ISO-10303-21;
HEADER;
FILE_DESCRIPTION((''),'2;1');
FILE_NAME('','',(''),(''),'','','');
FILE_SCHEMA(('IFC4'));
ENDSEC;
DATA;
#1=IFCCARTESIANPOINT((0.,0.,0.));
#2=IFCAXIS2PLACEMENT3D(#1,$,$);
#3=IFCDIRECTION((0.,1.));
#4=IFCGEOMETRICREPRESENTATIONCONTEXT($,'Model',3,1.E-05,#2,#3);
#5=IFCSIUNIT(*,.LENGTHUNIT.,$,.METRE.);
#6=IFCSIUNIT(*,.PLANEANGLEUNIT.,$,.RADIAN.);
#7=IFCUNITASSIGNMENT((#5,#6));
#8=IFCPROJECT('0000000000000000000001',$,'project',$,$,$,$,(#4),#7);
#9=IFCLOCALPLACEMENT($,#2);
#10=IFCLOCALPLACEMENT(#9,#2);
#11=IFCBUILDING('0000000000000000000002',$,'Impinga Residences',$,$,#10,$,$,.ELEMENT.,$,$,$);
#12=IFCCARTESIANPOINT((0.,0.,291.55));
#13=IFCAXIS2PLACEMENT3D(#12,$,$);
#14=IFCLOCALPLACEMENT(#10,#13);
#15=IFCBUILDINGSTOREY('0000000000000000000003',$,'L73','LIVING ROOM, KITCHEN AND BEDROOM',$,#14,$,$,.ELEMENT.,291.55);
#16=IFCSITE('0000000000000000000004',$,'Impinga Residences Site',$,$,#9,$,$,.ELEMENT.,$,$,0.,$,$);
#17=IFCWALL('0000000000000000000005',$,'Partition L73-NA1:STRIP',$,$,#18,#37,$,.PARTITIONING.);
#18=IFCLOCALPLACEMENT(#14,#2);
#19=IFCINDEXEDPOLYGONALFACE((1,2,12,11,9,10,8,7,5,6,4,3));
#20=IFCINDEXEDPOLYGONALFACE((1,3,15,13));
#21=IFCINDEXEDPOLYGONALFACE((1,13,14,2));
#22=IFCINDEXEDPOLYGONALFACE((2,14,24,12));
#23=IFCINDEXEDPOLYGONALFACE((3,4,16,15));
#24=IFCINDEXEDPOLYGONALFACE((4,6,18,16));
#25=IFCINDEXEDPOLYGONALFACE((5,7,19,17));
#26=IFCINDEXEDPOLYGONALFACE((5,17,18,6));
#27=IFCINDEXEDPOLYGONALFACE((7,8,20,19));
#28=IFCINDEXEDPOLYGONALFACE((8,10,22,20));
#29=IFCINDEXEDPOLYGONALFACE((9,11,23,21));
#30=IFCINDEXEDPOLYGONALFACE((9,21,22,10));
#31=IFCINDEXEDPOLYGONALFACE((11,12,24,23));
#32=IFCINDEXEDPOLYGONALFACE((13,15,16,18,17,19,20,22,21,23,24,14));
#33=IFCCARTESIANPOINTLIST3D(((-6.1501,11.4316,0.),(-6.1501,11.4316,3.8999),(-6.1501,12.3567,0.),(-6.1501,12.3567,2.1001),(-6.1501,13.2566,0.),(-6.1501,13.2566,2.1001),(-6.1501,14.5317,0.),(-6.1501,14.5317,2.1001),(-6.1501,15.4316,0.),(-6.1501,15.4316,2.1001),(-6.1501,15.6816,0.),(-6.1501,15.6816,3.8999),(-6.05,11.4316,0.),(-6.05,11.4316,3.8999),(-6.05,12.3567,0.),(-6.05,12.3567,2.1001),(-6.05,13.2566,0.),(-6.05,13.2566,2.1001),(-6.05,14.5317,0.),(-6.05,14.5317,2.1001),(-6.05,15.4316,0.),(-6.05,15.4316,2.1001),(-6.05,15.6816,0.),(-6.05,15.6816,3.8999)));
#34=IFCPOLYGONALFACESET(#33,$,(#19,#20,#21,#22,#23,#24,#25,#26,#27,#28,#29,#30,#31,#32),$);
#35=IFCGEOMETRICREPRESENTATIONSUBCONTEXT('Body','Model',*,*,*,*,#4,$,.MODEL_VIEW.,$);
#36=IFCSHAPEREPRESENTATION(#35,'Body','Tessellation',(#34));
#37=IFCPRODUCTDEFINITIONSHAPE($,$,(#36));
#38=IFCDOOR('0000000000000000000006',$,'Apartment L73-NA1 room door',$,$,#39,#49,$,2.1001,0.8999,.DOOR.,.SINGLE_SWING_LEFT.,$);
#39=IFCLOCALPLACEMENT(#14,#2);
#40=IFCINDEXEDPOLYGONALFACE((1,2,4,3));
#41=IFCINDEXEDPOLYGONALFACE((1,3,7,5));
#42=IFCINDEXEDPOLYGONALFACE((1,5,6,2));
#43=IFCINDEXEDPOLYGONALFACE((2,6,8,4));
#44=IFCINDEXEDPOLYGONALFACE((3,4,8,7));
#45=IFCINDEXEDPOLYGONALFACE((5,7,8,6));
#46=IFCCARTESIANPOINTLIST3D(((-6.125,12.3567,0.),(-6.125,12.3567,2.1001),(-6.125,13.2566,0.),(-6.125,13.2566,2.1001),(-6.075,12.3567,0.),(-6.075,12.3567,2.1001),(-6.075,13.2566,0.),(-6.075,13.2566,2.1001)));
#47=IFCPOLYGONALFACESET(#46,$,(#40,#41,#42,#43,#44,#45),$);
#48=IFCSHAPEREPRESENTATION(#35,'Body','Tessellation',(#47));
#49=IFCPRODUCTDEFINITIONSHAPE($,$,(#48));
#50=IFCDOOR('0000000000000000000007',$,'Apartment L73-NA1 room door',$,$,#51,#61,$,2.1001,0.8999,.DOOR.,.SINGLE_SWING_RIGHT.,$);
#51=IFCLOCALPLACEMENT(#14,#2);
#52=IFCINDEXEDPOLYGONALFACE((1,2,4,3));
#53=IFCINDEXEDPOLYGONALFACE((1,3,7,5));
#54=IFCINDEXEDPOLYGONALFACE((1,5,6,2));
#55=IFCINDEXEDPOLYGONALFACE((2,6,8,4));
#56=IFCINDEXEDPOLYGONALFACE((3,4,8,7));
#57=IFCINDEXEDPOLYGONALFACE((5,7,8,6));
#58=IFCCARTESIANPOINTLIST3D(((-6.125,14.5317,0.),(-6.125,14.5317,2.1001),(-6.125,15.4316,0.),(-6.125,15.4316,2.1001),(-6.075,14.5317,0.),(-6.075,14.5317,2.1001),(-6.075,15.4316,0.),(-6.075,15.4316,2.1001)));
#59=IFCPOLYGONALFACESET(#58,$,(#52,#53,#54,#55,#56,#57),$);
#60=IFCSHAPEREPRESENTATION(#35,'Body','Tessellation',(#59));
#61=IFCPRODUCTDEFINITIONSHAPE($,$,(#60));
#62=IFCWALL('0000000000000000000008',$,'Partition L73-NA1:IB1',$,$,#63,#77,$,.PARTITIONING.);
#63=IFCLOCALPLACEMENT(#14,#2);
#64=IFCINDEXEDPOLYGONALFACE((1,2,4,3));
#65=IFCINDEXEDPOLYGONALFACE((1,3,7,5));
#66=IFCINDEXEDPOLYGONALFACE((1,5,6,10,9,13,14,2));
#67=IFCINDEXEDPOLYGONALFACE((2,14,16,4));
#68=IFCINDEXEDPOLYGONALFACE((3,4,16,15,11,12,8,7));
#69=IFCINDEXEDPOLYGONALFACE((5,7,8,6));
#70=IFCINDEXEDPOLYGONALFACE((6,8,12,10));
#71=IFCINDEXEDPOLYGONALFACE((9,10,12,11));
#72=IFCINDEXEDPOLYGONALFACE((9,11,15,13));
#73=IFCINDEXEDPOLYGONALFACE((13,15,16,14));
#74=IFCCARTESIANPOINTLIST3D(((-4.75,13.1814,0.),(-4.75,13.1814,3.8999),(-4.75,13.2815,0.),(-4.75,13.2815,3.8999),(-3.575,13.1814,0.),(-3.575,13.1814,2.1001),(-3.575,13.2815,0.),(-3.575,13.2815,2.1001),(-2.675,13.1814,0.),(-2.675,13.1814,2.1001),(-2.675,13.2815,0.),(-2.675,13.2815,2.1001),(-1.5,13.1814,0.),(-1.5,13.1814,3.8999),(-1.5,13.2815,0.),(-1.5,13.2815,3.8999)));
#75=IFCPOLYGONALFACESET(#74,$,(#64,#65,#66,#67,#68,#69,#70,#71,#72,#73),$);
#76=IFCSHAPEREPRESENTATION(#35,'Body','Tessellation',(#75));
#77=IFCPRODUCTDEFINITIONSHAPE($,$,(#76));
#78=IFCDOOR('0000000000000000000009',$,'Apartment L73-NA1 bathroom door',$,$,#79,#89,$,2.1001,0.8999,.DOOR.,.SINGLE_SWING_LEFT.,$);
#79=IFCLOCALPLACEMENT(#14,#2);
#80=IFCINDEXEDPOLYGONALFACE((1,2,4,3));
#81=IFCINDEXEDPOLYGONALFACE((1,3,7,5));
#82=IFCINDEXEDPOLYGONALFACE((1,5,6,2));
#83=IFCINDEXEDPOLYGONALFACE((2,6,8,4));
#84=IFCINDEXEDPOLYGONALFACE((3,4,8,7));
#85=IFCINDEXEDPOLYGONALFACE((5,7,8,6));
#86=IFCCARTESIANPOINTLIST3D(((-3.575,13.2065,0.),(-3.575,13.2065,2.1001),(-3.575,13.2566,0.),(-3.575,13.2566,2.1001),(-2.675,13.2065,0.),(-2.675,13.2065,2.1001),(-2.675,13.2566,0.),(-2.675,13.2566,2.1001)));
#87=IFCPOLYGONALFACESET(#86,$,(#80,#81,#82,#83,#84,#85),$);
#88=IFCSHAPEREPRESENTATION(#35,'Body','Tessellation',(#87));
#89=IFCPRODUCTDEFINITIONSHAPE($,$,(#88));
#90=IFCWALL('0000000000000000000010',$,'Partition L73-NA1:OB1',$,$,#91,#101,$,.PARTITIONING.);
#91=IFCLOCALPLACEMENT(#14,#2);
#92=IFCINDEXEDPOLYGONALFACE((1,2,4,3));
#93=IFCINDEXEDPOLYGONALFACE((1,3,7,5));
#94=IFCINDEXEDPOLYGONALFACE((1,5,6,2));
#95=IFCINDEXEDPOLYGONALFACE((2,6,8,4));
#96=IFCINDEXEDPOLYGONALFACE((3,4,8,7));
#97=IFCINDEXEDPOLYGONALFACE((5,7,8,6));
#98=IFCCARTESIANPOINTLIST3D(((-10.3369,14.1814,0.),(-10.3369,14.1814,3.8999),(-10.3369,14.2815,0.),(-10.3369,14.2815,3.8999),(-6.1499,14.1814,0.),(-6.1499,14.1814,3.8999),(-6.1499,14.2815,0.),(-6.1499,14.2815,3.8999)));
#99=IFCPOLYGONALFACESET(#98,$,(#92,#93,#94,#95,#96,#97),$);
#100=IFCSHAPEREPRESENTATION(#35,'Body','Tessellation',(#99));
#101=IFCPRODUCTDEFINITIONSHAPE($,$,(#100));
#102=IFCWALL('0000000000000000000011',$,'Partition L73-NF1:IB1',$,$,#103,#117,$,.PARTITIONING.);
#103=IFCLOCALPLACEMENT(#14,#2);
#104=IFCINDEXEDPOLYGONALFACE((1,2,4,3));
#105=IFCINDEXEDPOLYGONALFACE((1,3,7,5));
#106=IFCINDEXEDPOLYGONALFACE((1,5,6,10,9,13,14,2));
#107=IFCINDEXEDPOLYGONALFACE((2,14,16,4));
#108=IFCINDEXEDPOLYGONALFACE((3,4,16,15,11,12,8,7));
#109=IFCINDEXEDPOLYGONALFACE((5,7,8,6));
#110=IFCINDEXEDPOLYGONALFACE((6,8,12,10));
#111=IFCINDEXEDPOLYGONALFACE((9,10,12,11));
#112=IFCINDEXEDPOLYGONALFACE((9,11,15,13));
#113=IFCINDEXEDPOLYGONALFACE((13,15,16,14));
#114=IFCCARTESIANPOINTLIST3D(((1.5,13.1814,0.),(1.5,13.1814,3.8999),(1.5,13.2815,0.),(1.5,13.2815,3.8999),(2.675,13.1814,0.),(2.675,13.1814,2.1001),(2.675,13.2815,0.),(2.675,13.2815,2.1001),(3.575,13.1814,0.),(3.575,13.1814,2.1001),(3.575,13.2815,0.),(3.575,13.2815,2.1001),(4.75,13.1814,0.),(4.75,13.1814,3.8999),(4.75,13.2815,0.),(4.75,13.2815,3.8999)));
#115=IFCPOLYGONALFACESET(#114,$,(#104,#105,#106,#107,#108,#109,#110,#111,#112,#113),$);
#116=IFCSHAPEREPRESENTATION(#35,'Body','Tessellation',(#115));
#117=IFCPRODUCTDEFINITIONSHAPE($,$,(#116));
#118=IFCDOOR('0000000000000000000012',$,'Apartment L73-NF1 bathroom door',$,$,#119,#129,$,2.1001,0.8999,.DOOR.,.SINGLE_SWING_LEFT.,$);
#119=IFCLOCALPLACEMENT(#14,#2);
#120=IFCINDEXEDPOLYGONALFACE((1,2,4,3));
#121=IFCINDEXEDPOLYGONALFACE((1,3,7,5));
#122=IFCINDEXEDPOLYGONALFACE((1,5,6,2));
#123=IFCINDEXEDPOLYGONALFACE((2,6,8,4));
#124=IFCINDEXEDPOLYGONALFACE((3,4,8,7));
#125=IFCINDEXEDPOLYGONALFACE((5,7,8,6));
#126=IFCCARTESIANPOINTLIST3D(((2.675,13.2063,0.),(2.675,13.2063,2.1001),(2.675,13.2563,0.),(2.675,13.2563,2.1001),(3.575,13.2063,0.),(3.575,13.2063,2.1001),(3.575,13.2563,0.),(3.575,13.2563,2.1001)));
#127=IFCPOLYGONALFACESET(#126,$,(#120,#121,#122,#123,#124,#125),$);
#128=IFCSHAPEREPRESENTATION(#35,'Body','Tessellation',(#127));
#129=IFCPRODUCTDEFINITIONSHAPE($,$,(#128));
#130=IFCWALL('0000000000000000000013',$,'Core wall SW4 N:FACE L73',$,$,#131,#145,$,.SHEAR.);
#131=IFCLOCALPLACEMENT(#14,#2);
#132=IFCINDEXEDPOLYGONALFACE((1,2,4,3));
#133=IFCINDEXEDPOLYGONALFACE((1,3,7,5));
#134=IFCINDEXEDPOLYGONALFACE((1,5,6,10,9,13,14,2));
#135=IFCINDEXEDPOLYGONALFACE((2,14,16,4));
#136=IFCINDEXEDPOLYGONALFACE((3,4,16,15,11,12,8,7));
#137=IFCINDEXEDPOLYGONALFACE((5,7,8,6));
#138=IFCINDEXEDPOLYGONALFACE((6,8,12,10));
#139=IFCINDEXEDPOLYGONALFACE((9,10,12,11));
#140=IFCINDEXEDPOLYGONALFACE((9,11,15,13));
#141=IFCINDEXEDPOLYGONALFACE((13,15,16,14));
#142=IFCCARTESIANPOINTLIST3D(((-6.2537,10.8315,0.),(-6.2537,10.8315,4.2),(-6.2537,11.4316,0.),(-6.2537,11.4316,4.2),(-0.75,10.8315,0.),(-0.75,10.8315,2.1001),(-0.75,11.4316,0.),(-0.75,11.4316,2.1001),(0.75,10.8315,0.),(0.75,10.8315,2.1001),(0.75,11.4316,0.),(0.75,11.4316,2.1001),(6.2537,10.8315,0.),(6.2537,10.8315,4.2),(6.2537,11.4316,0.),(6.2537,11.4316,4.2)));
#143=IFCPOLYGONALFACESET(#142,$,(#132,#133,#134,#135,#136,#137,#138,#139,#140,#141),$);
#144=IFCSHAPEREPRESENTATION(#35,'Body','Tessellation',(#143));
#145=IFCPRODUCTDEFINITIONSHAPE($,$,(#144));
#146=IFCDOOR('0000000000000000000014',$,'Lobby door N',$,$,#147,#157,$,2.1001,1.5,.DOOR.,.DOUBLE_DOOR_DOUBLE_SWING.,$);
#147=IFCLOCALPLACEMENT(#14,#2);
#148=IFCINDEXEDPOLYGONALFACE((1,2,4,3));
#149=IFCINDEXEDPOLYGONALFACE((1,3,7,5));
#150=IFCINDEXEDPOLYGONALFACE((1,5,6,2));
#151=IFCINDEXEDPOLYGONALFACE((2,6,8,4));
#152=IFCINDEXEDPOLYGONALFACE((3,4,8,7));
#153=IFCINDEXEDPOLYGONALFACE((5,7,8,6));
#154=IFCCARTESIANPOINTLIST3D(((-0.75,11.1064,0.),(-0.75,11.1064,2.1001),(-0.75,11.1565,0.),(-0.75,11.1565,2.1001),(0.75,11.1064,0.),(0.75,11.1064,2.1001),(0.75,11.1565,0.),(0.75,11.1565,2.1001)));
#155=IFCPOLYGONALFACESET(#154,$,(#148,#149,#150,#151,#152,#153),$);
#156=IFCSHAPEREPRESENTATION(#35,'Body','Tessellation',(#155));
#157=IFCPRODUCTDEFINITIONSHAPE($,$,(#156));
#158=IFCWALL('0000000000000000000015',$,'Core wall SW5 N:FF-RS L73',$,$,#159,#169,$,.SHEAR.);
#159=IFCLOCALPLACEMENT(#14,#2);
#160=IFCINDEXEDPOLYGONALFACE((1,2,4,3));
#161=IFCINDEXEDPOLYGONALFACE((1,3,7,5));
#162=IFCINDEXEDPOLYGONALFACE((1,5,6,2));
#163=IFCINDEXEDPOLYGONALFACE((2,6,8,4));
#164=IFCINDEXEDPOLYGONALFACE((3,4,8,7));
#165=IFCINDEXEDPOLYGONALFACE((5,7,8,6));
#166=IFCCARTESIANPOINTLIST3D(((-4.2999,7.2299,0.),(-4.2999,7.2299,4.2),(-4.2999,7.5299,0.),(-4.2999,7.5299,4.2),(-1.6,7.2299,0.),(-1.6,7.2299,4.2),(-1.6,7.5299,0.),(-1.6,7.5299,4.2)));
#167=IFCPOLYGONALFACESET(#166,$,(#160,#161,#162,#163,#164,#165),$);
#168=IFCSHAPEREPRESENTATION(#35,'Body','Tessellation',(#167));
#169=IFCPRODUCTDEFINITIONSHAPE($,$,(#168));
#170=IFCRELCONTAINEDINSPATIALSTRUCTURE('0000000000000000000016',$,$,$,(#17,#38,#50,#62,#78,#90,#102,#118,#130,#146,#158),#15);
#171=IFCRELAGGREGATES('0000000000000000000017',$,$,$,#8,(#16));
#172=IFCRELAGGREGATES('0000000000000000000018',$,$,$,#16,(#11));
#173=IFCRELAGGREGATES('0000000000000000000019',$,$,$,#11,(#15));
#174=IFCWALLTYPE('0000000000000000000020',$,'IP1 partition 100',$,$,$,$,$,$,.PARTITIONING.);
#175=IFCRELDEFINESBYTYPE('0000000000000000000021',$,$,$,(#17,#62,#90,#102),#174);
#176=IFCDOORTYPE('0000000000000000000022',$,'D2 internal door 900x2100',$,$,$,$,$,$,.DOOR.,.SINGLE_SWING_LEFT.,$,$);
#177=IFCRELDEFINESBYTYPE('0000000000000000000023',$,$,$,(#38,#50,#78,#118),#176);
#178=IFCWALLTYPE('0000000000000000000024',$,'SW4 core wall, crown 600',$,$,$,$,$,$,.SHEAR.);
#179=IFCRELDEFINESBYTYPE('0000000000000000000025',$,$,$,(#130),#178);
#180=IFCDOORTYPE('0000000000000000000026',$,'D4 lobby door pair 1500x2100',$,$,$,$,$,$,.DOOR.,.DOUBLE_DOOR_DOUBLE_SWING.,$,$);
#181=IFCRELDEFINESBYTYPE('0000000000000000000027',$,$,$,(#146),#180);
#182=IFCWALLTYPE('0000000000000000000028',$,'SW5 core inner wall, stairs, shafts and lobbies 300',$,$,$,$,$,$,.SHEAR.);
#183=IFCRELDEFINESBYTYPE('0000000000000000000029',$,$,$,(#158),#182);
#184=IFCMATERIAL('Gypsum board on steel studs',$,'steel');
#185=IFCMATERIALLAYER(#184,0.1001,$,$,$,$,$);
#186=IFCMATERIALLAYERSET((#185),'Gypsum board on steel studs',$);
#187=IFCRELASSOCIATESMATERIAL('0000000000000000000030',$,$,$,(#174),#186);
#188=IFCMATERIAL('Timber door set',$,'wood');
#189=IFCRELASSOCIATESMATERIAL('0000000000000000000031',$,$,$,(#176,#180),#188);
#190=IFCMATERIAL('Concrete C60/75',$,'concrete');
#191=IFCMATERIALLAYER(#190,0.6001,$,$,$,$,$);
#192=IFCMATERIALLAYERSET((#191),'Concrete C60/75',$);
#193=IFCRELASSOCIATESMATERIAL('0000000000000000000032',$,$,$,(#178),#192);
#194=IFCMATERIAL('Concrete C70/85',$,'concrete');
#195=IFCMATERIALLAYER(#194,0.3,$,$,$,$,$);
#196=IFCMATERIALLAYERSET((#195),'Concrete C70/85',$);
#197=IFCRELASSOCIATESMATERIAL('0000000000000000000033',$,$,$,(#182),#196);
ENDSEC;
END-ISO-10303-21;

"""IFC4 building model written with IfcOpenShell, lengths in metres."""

from ifc_helpers import new_model, si_unit, direction, frame, frame_2d, origin, place, context, subcontext, project, spatial, rectangle, extrude, material, layer, layer_set, type_object, element, fill, save


model = new_model("IFC4")

# Units and contexts
model_context = context("Model", 3, precision=1e-05, world=origin(), true_north=direction((0.0, 1.0)))
body_context = subcontext(model_context, "Body", "Model", "MODEL_VIEW")
ifc_project = project(units=[si_unit("LENGTHUNIT", "METRE"), si_unit("PLANEANGLEUNIT", "RADIAN")], contexts=[model_context])

# Site, building, storey
site_placement = place(None, origin())
site = spatial("IfcSite", under=ifc_project, at=site_placement, Name="Impinga Residences Site", CompositionType="ELEMENT", RefElevation=0.0)
building_placement = place(site_placement, origin())
building = spatial("IfcBuilding", under=site, at=building_placement, Name="Impinga Residences", CompositionType="ELEMENT")
storey_placement = place(building_placement, frame((0.0, 0.0, 291.55)))
storey = spatial("IfcBuildingStorey", under=building, at=storey_placement, Name="L73", Description="LIVING ROOM, KITCHEN AND BEDROOM", CompositionType="ELEMENT", Elevation=291.55)

# Shared definitions
ifc_material_1 = material(Name="Concrete C60/75", Category="concrete")
ifc_material_2 = material(Name="Timber door set", Category="wood")

# Shared definitions
ifc_material_3 = material(Name="Gypsum board on steel studs", Category="steel")
ifc_layer_1 = layer(ifc_material_3, 0.1001)
ifc_layer_set_1 = layer_set([ifc_layer_1], Name="Gypsum board on steel studs")
wall_type_1 = type_object("IfcWallType", Name="IP1 partition 100", PredefinedType="PARTITIONING", material=ifc_layer_set_1)

# Wall, openings, doors
wall_1_placement = place(storey_placement, frame((-6.1001, 11.4316, 0.0), z_axis=(0.0, 0.0, 1.0), x_axis=(0.0, 1.0, 0.0)))
wall_1 = element("IfcWall", 1, at=wall_1_placement, inside=storey, type_object=wall_type_1, Name="Partition L73-NA1:STRIP", PredefinedType="PARTITIONING", context=body_context, shape_type="SweptSolid", body=[
    extrude(rectangle(XDim=4.25, YDim=0.1001, at=frame_2d((2.125, 0.0))), origin(), (0.0, 0.0, 1.0), 3.8999),
])
opening_1_placement = place(wall_1_placement, frame((0.925, 0.0, 0.0)))
opening_1 = element("IfcOpeningElement", 2, at=opening_1_placement, cuts=wall_1, PredefinedType="OPENING", context=body_context, shape_type="SweptSolid", body=[
    extrude(rectangle(XDim=0.8999, YDim=2.1001, at=frame_2d((0.45, 1.05))), frame((0.0, 0.0601, 0.0), z_axis=(0.0, -1.0, 0.0), x_axis=(1.0, 0.0, 0.0)), (0.0, 0.0, 1.0), 0.1201),
])
opening_2_placement = place(wall_1_placement, frame((3.1001, 0.0, 0.0)))
opening_2 = element("IfcOpeningElement", 3, at=opening_2_placement, cuts=wall_1, PredefinedType="OPENING", context=body_context, shape_type="SweptSolid", body=[
    extrude(rectangle(XDim=0.8999, YDim=2.1001, at=frame_2d((0.45, 1.05))), frame((0.0, 0.0601, 0.0), z_axis=(0.0, -1.0, 0.0), x_axis=(1.0, 0.0, 0.0)), (0.0, 0.0, 1.0), 0.1201),
])
door_type_1 = type_object("IfcDoorType", Name="D2 internal door 900x2100", OperationType="SINGLE_SWING_LEFT", PredefinedType="DOOR", material=ifc_material_2)
door_1_placement = place(opening_1_placement, origin())
door_1 = element("IfcDoor", 4, at=door_1_placement, inside=storey, type_object=door_type_1, Name="Apartment L73-NA1 room door", OperationType="SINGLE_SWING_LEFT", OverallHeight=2.1001, OverallWidth=0.8999, PredefinedType="DOOR", context=body_context, shape_type="SweptSolid", body=[
    extrude(rectangle(XDim=0.8999, YDim=2.1001, at=frame_2d((0.45, 1.05))), frame((0.0, 0.0249, 0.0), z_axis=(0.0, -1.0, 0.0), x_axis=(1.0, 0.0, 0.0)), (0.0, 0.0, 1.0), 0.05),
])
fill(opening_1, door_1)
door_2_placement = place(opening_2_placement, origin())
door_2 = element("IfcDoor", 5, at=door_2_placement, inside=storey, type_object=door_type_1, Name="Apartment L73-NA1 room door", OperationType="SINGLE_SWING_RIGHT", OverallHeight=2.1001, OverallWidth=0.8999, PredefinedType="DOOR", context=body_context, shape_type="SweptSolid", body=[
    extrude(rectangle(XDim=0.8999, YDim=2.1001, at=frame_2d((0.45, 1.05))), frame((0.0, 0.0249, 0.0), z_axis=(0.0, -1.0, 0.0), x_axis=(1.0, 0.0, 0.0)), (0.0, 0.0, 1.0), 0.05),
])
fill(opening_2, door_2)

# Wall, opening, door
wall_2_placement = place(storey_placement, frame((-1.5, 13.2314, 0.0), z_axis=(0.0, 0.0, 1.0), x_axis=(-1.0, 0.0, 0.0)))
wall_2 = element("IfcWall", 6, at=wall_2_placement, inside=storey, type_object=wall_type_1, Name="Partition L73-NA1:IB1", PredefinedType="PARTITIONING", context=body_context, shape_type="SweptSolid", body=[
    extrude(rectangle(XDim=3.25, YDim=0.1001, at=frame_2d((1.625, 0.0))), origin(), (0.0, 0.0, 1.0), 3.8999),
])
opening_3_placement = place(wall_2_placement, frame((1.175, 0.0, 0.0)))
opening_3 = element("IfcOpeningElement", 7, at=opening_3_placement, cuts=wall_2, PredefinedType="OPENING", context=body_context, shape_type="SweptSolid", body=[
    extrude(rectangle(XDim=0.8999, YDim=2.1001, at=frame_2d((0.45, 1.05))), frame((0.0, 0.0601, 0.0), z_axis=(0.0, -1.0, 0.0), x_axis=(1.0, 0.0, 0.0)), (0.0, 0.0, 1.0), 0.1201),
])
door_3_placement = place(opening_3_placement, origin())
door_3 = element("IfcDoor", 8, at=door_3_placement, inside=storey, type_object=door_type_1, Name="Apartment L73-NA1 bathroom door", OperationType="SINGLE_SWING_LEFT", OverallHeight=2.1001, OverallWidth=0.8999, PredefinedType="DOOR", context=body_context, shape_type="SweptSolid", body=[
    extrude(rectangle(XDim=0.8999, YDim=2.1001, at=frame_2d((0.45, 1.05))), frame((0.0, 0.0249, 0.0), z_axis=(0.0, -1.0, 0.0), x_axis=(1.0, 0.0, 0.0)), (0.0, 0.0, 1.0), 0.05),
])
fill(opening_3, door_3)

# Wall
wall_3_placement = place(storey_placement, frame((-6.1499, 14.2314, 0.0), z_axis=(0.0, 0.0, 1.0), x_axis=(-1.0, 0.0, 0.0)))
element("IfcWall", 9, at=wall_3_placement, inside=storey, type_object=wall_type_1, Name="Partition L73-NA1:OB1", PredefinedType="PARTITIONING", context=body_context, shape_type="SweptSolid", body=[
    extrude(rectangle(XDim=4.187, YDim=0.1001, at=frame_2d((2.0935, 0.0))), origin(), (0.0, 0.0, 1.0), 3.8999),
])

# Walls, openings, doors
wall_4_placement = place(storey_placement, frame((1.5, 13.2314, 0.0), z_axis=(0.0, 0.0, 1.0), x_axis=(1.0, 0.0, 0.0)))
wall_4 = element("IfcWall", 10, at=wall_4_placement, inside=storey, type_object=wall_type_1, Name="Partition L73-NF1:IB1", PredefinedType="PARTITIONING", context=body_context, shape_type="SweptSolid", body=[
    extrude(rectangle(XDim=3.25, YDim=0.1001, at=frame_2d((1.625, 0.0))), origin(), (0.0, 0.0, 1.0), 3.8999),
])
opening_4_placement = place(wall_4_placement, frame((1.175, 0.0, 0.0)))
opening_4 = element("IfcOpeningElement", 11, at=opening_4_placement, cuts=wall_4, PredefinedType="OPENING", context=body_context, shape_type="SweptSolid", body=[
    extrude(rectangle(XDim=0.8999, YDim=2.1001, at=frame_2d((0.45, 1.05))), frame((0.0, 0.0601, 0.0), z_axis=(0.0, -1.0, 0.0), x_axis=(1.0, 0.0, 0.0)), (0.0, 0.0, 1.0), 0.1201),
])
door_4_placement = place(opening_4_placement, origin())
door_4 = element("IfcDoor", 12, at=door_4_placement, inside=storey, type_object=door_type_1, Name="Apartment L73-NF1 bathroom door", OperationType="SINGLE_SWING_LEFT", OverallHeight=2.1001, OverallWidth=0.8999, PredefinedType="DOOR", context=body_context, shape_type="SweptSolid", body=[
    extrude(rectangle(XDim=0.8999, YDim=2.1001, at=frame_2d((0.45, 1.05))), frame((0.0, 0.0249, 0.0), z_axis=(0.0, -1.0, 0.0), x_axis=(1.0, 0.0, 0.0)), (0.0, 0.0, 1.0), 0.05),
])
fill(opening_4, door_4)
ifc_layer_2 = layer(ifc_material_1, 0.6001)
ifc_layer_set_2 = layer_set([ifc_layer_2], Name="Concrete C60/75")
wall_type_2 = type_object("IfcWallType", Name="SW4 core wall, crown 600", PredefinedType="SHEAR", material=ifc_layer_set_2)
wall_5_placement = place(storey_placement, frame((-6.2537, 11.1316, 0.0), z_axis=(0.0, 0.0, 1.0), x_axis=(1.0, 0.0, 0.0)))
wall_5 = element("IfcWall", 13, at=wall_5_placement, inside=storey, type_object=wall_type_2, Name="Core wall SW4 N:FACE L73", PredefinedType="SHEAR", context=body_context, shape_type="SweptSolid", body=[
    extrude(rectangle(XDim=12.5073, YDim=0.6001, at=frame_2d((6.2537, 0.0))), origin(), (0.0, 0.0, 1.0), 4.2),
])
opening_5_placement = place(wall_5_placement, frame((5.5037, 0.0, 0.0)))
opening_5 = element("IfcOpeningElement", 14, at=opening_5_placement, cuts=wall_5, PredefinedType="OPENING", context=body_context, shape_type="SweptSolid", body=[
    extrude(rectangle(XDim=1.5, YDim=2.1001, at=frame_2d((0.75, 1.05))), frame((0.0, 0.3101, 0.0), z_axis=(0.0, -1.0, 0.0), x_axis=(1.0, 0.0, 0.0)), (0.0, 0.0, 1.0), 0.6201),
])
door_type_2 = type_object("IfcDoorType", Name="D4 lobby door pair 1500x2100", OperationType="DOUBLE_DOOR_DOUBLE_SWING", PredefinedType="DOOR", material=ifc_material_2)
door_5_placement = place(opening_5_placement, origin())
door_5 = element("IfcDoor", 15, at=door_5_placement, inside=storey, type_object=door_type_2, Name="Lobby door N", OperationType="DOUBLE_DOOR_DOUBLE_SWING", OverallHeight=2.1001, OverallWidth=1.5, PredefinedType="DOOR", context=body_context, shape_type="SweptSolid", body=[
    extrude(rectangle(XDim=1.5, YDim=2.1001, at=frame_2d((0.75, 1.05))), frame((0.0, 0.0249, 0.0), z_axis=(0.0, -1.0, 0.0), x_axis=(1.0, 0.0, 0.0)), (0.0, 0.0, 1.0), 0.05),
])
fill(opening_5, door_5)

# Wall
ifc_material_4 = material(Name="Concrete C70/85", Category="concrete")
ifc_layer_3 = layer(ifc_material_4, 0.3)
ifc_layer_set_3 = layer_set([ifc_layer_3], Name="Concrete C70/85")
wall_type_3 = type_object("IfcWallType", Name="SW5 core inner wall, stairs, shafts and lobbies 300", PredefinedType="SHEAR", material=ifc_layer_set_3)
wall_6_placement = place(storey_placement, frame((-4.3, 7.3799, 0.0), z_axis=(0.0, 0.0, 1.0), x_axis=(1.0, 0.0, 0.0)))
element("IfcWall", 16, at=wall_6_placement, inside=storey, type_object=wall_type_3, Name="Core wall SW5 N:FF-RS L73", PredefinedType="SHEAR", context=body_context, shape_type="SweptSolid", body=[
    extrude(rectangle(XDim=2.7, YDim=0.3, at=frame_2d((1.3501, 0.0))), origin(), (0.0, 0.0, 1.0), 4.2),
])

save(model, "model.ifc")
